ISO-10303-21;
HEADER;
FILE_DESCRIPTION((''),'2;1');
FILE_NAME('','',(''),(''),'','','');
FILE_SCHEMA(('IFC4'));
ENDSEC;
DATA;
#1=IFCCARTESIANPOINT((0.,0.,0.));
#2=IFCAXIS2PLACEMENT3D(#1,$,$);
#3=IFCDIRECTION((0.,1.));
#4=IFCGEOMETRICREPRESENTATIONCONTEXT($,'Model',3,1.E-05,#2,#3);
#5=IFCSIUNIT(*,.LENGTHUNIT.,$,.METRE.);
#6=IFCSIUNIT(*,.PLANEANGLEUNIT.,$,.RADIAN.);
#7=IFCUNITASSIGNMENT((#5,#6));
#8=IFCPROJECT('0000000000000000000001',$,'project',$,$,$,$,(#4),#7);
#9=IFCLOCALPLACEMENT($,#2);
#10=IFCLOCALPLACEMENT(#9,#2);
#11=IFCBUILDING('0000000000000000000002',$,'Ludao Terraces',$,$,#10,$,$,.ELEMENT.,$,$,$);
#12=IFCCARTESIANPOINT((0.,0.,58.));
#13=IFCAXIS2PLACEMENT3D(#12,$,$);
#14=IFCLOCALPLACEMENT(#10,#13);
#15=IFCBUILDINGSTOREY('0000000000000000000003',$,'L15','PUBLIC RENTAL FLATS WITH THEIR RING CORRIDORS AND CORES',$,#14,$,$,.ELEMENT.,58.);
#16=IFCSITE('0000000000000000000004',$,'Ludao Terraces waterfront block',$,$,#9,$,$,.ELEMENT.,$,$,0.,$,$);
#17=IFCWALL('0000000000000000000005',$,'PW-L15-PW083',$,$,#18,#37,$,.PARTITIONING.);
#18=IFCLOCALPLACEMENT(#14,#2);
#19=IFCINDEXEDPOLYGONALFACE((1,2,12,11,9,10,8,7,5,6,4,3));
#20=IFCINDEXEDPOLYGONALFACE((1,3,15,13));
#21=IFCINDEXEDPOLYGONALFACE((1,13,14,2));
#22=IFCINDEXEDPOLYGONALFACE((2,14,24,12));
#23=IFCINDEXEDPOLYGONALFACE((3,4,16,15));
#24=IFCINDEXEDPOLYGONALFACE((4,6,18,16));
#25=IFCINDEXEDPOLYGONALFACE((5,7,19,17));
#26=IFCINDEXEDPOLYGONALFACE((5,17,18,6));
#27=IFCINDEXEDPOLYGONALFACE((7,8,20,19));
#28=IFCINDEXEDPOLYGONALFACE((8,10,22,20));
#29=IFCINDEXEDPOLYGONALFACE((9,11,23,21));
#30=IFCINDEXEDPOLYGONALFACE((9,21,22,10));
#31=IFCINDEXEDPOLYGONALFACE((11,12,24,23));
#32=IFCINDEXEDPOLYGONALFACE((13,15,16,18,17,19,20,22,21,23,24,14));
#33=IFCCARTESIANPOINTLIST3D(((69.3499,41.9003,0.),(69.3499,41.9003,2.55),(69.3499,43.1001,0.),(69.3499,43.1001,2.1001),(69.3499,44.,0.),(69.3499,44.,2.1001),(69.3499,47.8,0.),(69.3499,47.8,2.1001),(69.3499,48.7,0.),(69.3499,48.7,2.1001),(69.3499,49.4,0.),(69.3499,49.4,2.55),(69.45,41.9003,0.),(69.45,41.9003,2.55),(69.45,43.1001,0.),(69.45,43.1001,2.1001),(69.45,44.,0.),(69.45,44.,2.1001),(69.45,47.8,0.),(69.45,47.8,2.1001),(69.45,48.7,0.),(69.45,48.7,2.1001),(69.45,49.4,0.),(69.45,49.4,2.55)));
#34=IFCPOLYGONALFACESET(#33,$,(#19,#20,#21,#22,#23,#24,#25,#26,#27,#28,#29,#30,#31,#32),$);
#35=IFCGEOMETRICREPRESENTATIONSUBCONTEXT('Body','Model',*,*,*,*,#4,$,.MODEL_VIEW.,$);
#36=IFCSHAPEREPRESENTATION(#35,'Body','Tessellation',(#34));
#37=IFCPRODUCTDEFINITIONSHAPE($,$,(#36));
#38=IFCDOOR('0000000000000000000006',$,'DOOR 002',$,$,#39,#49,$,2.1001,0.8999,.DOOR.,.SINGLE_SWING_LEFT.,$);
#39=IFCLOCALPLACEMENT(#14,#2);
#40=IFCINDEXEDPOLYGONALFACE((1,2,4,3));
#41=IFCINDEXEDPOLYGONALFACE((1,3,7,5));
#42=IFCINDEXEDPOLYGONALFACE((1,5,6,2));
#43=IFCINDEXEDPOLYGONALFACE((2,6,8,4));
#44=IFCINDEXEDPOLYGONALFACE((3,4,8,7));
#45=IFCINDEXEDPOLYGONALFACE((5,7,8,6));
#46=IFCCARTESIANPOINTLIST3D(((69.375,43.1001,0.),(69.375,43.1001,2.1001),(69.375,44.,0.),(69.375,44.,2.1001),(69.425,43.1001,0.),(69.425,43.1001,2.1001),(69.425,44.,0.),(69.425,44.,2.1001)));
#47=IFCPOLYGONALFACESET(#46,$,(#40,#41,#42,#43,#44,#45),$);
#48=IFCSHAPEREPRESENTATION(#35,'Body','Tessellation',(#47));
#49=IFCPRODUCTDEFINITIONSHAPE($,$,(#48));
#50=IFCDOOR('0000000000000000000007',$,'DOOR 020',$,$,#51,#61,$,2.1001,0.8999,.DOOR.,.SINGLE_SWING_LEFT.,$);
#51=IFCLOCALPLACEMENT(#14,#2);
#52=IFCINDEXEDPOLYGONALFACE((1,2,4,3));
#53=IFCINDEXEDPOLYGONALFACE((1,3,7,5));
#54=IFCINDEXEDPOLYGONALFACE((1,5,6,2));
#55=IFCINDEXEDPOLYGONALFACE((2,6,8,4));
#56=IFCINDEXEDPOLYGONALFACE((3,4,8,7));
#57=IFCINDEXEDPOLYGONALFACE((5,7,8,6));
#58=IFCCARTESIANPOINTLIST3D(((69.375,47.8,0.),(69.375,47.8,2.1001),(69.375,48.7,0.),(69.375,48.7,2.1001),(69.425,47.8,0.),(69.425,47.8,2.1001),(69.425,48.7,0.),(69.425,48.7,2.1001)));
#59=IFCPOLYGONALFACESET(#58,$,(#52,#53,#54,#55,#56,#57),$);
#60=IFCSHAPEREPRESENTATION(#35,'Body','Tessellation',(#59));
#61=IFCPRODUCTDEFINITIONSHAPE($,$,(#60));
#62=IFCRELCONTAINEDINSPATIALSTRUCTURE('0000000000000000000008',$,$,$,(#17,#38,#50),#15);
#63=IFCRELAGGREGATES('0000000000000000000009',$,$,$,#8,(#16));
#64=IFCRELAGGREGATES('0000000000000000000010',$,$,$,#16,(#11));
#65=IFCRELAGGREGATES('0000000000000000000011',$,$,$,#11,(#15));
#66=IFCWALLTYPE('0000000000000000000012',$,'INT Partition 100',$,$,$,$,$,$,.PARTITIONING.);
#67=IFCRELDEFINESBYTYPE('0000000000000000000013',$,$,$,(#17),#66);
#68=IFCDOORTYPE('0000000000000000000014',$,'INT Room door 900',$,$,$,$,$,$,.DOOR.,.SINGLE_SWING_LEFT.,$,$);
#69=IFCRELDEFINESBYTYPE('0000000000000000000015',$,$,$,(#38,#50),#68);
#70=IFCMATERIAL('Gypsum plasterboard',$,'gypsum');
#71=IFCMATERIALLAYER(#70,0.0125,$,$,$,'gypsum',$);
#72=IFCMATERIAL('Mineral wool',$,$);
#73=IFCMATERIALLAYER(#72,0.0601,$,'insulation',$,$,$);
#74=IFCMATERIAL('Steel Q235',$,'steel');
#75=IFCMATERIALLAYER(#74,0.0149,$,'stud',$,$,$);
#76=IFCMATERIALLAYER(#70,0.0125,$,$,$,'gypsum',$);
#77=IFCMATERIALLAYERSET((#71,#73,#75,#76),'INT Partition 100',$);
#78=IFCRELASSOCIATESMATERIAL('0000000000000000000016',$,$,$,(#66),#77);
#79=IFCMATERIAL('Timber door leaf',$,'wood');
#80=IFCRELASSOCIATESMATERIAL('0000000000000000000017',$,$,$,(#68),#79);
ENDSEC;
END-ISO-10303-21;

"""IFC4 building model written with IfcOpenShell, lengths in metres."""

from ifc_helpers import new_model, si_unit, direction, frame, frame_2d, origin, place, context, subcontext, project, spatial, rectangle, extrude, material, layer, layer_set, type_object, element, fill, save


model = new_model("IFC4")

# Units and contexts
model_context = context("Model", 3, precision=1e-05, world=origin(), true_north=direction((0.0, 1.0)))
body_context = subcontext(model_context, "Body", "Model", "MODEL_VIEW")
ifc_project = project(units=[si_unit("LENGTHUNIT", "METRE"), si_unit("PLANEANGLEUNIT", "RADIAN")], contexts=[model_context])

# Site, building, storey
site_placement = place(None, origin())
site = spatial("IfcSite", under=ifc_project, at=site_placement, Name="Ludao Terraces waterfront block", CompositionType="ELEMENT", RefElevation=0.0)
building_placement = place(site_placement, origin())
building = spatial("IfcBuilding", under=site, at=building_placement, Name="Ludao Terraces", CompositionType="ELEMENT")
storey_placement = place(building_placement, frame((0.0, 0.0, 58.0)))
storey = spatial("IfcBuildingStorey", under=building, at=storey_placement, Name="L15", Description="PUBLIC RENTAL FLATS WITH THEIR RING CORRIDORS AND CORES", CompositionType="ELEMENT", Elevation=58.0)

# Wall, openings, doors
ifc_material_1 = material(Name="Gypsum plasterboard", Category="gypsum")
ifc_layer_1 = layer(ifc_material_1, 0.0125, Category="gypsum")
ifc_material_2 = material(Name="Mineral wool")
ifc_layer_2 = layer(ifc_material_2, 0.0601, Name="insulation")
ifc_material_3 = material(Name="Steel Q235", Category="steel")
ifc_layer_3 = layer(ifc_material_3, 0.0149, Name="stud")
ifc_layer_4 = layer(ifc_material_1, 0.0125, Category="gypsum")
ifc_layer_set = layer_set([ifc_layer_1, ifc_layer_2, ifc_layer_3, ifc_layer_4], Name="INT Partition 100")
wall_type = type_object("IfcWallType", Name="INT Partition 100", PredefinedType="PARTITIONING", material=ifc_layer_set)
ifc_material_4 = material(Name="Timber door leaf", Category="wood")
door_type_1 = type_object("IfcDoorType", Name="INT Room door 900", OperationType="SINGLE_SWING_LEFT", PredefinedType="DOOR", material=ifc_material_4)
wall_1_placement = place(storey_placement, frame((69.3999, 41.9001, 0.0), z_axis=(0.0, 0.0, 1.0), x_axis=(0.0, 1.0, 0.0)))
wall_1 = element("IfcWall", 1, at=wall_1_placement, inside=storey, type_object=wall_type, Name="PW-L15-PW083", PredefinedType="PARTITIONING", context=body_context, shape_type="SweptSolid", body=[
    extrude(rectangle(XDim=7.4998, YDim=0.1001, at=frame_2d((3.75, 0.0))), origin(), (0.0, 0.0, 1.0), 2.55),
])
opening_1_placement = place(wall_1_placement, frame((1.2, 0.0, 0.0)))
opening_1 = element("IfcOpeningElement", 2, at=opening_1_placement, cuts=wall_1, PredefinedType="OPENING", context=body_context, shape_type="SweptSolid", body=[
    extrude(rectangle(XDim=0.8999, YDim=2.1001, at=frame_2d((0.45, 1.05))), frame((0.0, 0.0601, 0.0), z_axis=(0.0, -1.0, 0.0), x_axis=(1.0, 0.0, 0.0)), (0.0, 0.0, 1.0), 0.1201),
])
opening_2_placement = place(wall_1_placement, frame((5.8999, 0.0, 0.0)))
opening_2 = element("IfcOpeningElement", 3, at=opening_2_placement, cuts=wall_1, PredefinedType="OPENING", context=body_context, shape_type="SweptSolid", body=[
    extrude(rectangle(XDim=0.8999, YDim=2.1001, at=frame_2d((0.45, 1.05))), frame((0.0, 0.0601, 0.0), z_axis=(0.0, -1.0, 0.0), x_axis=(1.0, 0.0, 0.0)), (0.0, 0.0, 1.0), 0.1201),
])
door_1_placement = place(opening_1_placement, origin())
door_1 = element("IfcDoor", 4, at=door_1_placement, inside=storey, type_object=door_type_1, Name="DOOR 002", OperationType="SINGLE_SWING_LEFT", OverallHeight=2.1001, OverallWidth=0.8999, PredefinedType="DOOR", context=body_context, shape_type="SweptSolid", body=[
    extrude(rectangle(XDim=0.8999, YDim=2.1001, at=frame_2d((0.45, 1.05))), frame((0.0, 0.0249, 0.0), z_axis=(0.0, -1.0, 0.0), x_axis=(1.0, 0.0, 0.0)), (0.0, 0.0, 1.0), 0.05),
])
fill(opening_1, door_1)
door_2_placement = place(opening_2_placement, origin())
door_2 = element("IfcDoor", 5, at=door_2_placement, inside=storey, type_object=door_type_1, Name="DOOR 020", OperationType="SINGLE_SWING_LEFT", OverallHeight=2.1001, OverallWidth=0.8999, PredefinedType="DOOR", context=body_context, shape_type="SweptSolid", body=[
    extrude(rectangle(XDim=0.8999, YDim=2.1001, at=frame_2d((0.45, 1.05))), frame((0.0, 0.0249, 0.0), z_axis=(0.0, -1.0, 0.0), x_axis=(1.0, 0.0, 0.0)), (0.0, 0.0, 1.0), 0.05),
])
fill(opening_2, door_2)

save(model, "model.ifc")
